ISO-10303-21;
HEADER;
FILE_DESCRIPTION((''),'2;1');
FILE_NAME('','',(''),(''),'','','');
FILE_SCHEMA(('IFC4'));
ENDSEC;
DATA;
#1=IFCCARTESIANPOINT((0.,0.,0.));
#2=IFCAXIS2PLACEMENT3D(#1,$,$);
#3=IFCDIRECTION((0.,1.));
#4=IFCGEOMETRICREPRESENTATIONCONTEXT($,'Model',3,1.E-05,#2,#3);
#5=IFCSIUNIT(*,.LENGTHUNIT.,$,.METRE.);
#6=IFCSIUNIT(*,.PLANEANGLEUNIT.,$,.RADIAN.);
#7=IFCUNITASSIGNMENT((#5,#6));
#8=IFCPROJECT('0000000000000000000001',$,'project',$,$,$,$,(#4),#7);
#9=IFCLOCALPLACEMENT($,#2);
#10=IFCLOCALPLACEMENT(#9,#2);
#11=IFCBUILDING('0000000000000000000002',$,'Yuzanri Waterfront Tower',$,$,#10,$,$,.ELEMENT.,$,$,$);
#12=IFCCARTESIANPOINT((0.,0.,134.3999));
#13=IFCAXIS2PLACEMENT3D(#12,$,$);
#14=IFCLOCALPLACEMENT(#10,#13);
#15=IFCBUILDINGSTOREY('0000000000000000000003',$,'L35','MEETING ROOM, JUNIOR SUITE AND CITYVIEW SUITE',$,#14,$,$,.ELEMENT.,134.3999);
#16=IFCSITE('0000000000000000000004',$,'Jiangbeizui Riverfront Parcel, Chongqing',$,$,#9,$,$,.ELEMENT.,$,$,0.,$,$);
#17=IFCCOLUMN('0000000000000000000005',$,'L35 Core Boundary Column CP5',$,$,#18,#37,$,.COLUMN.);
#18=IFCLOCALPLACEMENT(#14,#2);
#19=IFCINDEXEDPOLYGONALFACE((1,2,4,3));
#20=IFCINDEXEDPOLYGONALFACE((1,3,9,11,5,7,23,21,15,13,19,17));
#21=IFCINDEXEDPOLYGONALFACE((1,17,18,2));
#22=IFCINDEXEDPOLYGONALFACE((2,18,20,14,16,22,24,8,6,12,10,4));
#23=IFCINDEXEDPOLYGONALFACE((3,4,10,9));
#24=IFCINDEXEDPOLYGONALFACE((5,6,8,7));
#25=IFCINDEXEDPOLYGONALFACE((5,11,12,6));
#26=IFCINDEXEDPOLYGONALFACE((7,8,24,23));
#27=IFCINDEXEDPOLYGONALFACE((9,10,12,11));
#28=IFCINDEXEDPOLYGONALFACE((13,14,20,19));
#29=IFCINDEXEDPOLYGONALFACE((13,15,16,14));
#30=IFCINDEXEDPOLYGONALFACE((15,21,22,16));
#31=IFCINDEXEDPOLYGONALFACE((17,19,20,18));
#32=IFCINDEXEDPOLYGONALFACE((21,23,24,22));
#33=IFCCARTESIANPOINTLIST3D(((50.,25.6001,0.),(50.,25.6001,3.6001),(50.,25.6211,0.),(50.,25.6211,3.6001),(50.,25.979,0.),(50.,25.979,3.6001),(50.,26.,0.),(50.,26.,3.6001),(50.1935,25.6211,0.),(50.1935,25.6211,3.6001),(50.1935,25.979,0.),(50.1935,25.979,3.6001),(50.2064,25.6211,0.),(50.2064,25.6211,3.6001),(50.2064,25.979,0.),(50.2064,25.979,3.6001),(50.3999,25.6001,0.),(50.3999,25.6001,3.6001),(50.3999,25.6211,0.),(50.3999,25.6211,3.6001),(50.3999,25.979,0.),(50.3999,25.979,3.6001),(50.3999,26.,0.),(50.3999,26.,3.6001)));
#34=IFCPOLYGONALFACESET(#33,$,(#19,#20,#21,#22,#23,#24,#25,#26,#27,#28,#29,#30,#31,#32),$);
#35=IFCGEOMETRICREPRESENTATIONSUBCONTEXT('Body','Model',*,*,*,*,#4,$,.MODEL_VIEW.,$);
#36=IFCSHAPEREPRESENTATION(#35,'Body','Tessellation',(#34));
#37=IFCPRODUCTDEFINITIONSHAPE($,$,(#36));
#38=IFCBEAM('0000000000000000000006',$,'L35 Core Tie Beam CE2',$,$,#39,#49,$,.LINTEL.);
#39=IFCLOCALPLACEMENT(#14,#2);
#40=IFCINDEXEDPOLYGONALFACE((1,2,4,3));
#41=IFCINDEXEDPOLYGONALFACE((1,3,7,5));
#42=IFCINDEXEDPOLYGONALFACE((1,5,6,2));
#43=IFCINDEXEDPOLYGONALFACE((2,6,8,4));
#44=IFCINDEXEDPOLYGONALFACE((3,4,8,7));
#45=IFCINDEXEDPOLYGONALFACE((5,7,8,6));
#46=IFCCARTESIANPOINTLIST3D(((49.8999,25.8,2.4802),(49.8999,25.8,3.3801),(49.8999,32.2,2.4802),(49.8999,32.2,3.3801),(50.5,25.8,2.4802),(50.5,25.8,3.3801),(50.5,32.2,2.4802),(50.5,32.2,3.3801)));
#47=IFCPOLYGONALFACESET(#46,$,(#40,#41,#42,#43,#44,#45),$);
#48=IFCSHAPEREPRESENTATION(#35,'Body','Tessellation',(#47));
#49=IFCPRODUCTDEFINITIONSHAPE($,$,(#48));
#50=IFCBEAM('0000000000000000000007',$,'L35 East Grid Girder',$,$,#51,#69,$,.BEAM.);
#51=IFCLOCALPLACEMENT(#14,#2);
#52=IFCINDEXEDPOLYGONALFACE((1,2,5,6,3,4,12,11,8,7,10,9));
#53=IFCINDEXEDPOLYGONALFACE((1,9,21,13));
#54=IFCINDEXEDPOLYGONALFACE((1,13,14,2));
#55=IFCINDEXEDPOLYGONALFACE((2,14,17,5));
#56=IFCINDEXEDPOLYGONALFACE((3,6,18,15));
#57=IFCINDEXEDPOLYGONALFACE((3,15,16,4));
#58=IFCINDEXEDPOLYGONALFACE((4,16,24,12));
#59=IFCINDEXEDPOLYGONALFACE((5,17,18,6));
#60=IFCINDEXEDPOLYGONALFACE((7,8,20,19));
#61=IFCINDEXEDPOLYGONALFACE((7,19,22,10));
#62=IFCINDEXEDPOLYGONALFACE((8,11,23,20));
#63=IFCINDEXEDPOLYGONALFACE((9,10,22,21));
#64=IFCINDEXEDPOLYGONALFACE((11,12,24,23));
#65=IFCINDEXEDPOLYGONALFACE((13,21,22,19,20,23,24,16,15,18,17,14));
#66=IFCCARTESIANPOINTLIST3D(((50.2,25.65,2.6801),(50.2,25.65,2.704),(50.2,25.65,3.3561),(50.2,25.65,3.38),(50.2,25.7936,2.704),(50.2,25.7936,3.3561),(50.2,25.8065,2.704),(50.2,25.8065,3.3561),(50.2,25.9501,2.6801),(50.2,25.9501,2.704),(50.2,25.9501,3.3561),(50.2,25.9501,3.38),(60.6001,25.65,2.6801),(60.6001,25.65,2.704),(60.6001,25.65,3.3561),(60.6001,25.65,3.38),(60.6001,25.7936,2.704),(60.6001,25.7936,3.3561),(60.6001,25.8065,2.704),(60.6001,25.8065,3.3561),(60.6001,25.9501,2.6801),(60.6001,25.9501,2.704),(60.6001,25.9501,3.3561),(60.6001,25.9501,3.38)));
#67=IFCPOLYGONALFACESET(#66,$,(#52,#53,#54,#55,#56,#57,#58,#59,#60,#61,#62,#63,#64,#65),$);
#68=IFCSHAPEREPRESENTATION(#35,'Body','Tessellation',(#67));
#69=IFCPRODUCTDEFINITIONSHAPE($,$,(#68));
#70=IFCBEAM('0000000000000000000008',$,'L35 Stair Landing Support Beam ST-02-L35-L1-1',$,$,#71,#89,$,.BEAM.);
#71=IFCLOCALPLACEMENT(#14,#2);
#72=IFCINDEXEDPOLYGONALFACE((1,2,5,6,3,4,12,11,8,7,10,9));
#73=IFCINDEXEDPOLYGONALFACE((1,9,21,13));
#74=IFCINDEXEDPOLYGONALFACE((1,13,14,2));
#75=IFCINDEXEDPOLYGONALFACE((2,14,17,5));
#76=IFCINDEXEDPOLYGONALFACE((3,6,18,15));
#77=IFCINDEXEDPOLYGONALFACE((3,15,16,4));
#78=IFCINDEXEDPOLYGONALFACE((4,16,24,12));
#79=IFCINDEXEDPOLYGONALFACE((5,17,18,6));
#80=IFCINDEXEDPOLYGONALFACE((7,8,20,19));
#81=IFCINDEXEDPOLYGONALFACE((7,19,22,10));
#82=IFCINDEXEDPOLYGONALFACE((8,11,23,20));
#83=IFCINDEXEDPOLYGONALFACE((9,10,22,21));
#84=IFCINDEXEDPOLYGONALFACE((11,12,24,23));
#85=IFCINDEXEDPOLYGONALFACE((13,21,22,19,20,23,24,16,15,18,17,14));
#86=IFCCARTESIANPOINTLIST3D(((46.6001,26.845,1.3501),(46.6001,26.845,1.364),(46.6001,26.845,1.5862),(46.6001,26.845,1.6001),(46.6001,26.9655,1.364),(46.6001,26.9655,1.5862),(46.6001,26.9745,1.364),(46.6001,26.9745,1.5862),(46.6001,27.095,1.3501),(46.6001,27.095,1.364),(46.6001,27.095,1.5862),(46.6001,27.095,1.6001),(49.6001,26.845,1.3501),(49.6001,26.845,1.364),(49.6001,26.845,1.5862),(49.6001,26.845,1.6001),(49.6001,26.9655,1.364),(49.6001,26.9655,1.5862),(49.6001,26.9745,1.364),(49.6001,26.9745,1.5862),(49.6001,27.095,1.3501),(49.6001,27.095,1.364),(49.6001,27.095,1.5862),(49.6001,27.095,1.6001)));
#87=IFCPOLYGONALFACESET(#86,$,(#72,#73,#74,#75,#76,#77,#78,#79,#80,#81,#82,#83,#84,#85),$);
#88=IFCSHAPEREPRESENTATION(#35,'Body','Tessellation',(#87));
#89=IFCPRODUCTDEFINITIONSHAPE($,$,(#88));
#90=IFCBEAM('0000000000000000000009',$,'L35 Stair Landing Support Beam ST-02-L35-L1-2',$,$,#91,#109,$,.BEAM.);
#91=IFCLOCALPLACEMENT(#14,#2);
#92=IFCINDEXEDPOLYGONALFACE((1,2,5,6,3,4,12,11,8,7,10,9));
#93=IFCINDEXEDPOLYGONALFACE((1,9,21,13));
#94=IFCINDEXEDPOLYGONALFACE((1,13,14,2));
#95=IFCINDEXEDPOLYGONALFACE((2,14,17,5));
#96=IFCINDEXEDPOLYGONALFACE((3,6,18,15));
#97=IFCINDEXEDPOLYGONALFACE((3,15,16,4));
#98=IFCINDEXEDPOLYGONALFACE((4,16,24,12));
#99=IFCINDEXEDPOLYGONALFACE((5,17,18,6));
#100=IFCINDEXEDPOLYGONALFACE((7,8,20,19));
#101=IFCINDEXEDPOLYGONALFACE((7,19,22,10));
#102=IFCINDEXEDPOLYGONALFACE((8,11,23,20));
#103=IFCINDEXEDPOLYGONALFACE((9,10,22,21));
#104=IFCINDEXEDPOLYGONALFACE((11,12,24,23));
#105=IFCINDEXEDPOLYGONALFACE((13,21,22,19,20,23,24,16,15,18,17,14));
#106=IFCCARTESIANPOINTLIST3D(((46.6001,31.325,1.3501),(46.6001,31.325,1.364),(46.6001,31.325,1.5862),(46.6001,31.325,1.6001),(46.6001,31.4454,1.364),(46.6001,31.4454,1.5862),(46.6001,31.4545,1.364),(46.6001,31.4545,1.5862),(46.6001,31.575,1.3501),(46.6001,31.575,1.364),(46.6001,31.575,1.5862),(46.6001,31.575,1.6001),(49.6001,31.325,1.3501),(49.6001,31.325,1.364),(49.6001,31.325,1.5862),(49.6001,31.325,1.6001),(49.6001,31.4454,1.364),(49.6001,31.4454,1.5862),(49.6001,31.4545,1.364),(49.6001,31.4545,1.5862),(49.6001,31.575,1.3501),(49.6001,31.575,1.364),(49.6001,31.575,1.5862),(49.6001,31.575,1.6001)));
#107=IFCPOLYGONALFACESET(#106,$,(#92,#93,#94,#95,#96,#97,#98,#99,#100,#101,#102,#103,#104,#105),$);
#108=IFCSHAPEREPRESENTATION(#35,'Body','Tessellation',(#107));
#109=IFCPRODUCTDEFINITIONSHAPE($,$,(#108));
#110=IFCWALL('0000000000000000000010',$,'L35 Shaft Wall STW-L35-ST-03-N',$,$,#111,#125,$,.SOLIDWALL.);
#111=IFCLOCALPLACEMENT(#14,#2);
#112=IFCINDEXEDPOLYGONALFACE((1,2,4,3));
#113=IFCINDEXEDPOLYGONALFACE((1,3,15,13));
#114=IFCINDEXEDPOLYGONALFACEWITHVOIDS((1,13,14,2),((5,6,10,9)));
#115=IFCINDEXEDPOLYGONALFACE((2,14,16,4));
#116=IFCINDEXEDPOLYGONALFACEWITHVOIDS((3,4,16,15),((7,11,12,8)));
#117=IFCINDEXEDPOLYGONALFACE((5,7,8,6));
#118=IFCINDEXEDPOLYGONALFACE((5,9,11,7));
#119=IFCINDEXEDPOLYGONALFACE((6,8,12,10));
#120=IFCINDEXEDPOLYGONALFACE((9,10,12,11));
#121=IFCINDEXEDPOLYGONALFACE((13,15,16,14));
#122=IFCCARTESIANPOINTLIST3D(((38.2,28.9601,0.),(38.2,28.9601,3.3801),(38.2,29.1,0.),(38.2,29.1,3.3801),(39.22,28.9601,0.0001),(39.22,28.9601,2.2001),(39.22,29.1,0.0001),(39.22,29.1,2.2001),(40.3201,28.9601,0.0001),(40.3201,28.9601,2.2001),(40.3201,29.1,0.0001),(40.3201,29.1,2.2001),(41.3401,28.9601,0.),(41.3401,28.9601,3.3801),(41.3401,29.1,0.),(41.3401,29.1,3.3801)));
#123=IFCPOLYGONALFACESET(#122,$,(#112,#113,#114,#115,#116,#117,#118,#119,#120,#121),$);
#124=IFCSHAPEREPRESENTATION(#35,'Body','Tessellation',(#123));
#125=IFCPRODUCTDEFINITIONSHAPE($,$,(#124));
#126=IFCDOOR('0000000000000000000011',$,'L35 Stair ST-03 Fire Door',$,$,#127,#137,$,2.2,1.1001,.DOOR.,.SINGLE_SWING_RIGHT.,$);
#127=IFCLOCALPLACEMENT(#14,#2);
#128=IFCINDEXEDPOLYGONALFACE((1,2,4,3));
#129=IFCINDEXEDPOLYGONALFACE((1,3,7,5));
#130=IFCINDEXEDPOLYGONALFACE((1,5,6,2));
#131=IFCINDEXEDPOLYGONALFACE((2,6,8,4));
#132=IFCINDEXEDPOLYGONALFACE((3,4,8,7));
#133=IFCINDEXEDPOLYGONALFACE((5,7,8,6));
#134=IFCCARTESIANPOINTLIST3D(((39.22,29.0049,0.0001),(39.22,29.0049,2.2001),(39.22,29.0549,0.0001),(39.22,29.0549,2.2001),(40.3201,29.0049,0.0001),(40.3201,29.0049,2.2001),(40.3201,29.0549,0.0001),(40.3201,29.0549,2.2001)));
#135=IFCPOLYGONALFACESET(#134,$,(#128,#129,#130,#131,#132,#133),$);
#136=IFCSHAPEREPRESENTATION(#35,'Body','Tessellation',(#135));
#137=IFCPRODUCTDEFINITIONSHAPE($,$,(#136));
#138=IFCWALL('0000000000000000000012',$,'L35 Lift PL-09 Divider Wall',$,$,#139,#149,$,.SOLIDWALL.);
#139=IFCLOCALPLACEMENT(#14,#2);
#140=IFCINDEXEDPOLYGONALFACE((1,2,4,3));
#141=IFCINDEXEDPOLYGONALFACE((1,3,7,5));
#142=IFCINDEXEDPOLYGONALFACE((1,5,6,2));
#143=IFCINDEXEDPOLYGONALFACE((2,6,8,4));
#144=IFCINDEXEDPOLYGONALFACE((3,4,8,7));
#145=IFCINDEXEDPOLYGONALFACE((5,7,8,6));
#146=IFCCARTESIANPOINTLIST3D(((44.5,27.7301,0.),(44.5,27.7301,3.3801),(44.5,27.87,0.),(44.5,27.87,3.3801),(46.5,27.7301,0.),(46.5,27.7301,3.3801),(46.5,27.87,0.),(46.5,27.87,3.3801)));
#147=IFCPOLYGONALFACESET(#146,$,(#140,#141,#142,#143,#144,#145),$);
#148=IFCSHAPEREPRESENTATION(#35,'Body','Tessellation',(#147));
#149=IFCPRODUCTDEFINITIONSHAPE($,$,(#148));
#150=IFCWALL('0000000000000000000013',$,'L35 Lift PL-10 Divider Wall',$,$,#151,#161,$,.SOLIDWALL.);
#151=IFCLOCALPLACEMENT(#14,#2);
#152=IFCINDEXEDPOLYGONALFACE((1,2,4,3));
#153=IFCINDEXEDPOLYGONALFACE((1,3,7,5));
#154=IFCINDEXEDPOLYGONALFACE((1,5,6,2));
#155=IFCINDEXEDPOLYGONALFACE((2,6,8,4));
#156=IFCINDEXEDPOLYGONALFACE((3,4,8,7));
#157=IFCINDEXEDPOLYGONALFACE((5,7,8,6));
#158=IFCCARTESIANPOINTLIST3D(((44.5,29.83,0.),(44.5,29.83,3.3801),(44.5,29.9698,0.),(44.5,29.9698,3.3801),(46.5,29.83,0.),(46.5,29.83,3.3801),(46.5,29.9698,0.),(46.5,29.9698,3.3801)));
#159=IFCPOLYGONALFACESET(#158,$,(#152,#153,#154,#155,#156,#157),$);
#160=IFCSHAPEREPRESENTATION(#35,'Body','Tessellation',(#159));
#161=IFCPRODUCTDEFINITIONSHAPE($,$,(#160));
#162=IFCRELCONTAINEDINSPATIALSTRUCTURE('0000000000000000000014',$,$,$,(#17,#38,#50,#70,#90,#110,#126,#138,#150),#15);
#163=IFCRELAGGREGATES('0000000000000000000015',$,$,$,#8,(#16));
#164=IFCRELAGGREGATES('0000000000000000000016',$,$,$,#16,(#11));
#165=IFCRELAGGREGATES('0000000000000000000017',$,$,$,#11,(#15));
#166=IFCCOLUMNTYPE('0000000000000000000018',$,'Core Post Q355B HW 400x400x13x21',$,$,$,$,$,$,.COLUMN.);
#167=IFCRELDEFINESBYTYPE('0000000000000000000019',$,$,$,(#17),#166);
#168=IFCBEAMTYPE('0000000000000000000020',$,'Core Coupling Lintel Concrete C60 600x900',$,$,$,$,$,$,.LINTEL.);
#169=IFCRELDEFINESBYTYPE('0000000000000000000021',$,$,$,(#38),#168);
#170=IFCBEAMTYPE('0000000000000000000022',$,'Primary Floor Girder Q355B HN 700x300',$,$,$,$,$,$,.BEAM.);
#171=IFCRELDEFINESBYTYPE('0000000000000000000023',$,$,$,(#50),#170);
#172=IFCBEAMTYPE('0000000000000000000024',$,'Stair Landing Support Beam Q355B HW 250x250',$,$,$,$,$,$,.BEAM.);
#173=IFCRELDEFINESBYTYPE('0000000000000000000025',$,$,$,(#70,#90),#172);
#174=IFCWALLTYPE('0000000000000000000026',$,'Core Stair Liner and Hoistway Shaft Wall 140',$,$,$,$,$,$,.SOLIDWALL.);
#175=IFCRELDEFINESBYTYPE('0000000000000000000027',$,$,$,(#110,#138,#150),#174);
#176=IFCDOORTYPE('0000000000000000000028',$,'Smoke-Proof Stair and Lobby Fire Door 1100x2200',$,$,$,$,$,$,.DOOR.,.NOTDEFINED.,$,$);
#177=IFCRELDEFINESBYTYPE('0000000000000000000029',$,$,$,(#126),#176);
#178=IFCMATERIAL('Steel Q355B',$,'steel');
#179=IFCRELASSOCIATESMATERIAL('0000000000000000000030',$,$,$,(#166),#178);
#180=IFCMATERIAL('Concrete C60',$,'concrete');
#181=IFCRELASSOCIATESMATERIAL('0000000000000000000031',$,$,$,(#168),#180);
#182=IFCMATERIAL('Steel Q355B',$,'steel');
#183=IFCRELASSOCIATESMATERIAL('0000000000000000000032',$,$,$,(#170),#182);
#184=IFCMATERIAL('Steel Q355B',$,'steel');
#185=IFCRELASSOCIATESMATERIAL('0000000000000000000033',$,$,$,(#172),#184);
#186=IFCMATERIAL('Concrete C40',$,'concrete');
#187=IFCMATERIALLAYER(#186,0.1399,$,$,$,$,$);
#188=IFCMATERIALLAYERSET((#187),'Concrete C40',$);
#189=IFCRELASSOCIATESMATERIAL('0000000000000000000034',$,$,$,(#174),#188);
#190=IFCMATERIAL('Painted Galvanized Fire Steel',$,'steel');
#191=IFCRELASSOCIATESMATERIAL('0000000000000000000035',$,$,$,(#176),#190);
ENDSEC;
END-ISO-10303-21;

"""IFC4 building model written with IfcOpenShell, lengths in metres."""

from ifc_helpers import new_model, si_unit, direction, frame, frame_2d, origin, origin_2d, place, context, subcontext, project, spatial, rectangle, i_section, extrude, source, transform, mapped, material, layer, layer_set, material_profile, profile_set, type_object, element, fill, save


model = new_model("IFC4")

# Units and contexts
model_context = context("Model", 3, precision=1e-05, world=origin(), true_north=direction((0.0, 1.0)))
body_context = subcontext(model_context, "Body", "Model", "MODEL_VIEW")
ifc_project = project(units=[si_unit("LENGTHUNIT", "METRE"), si_unit("PLANEANGLEUNIT", "RADIAN")], contexts=[model_context])

# Site, building, storey
site_placement = place(None, origin())
site = spatial("IfcSite", under=ifc_project, at=site_placement, Name="Jiangbeizui Riverfront Parcel, Chongqing", CompositionType="ELEMENT", RefElevation=0.0)
building_placement = place(site_placement, origin())
building = spatial("IfcBuilding", under=site, at=building_placement, Name="Yuzanri Waterfront Tower", CompositionType="ELEMENT")
storey_placement = place(building_placement, frame((0.0, 0.0, 134.3999)))
storey = spatial("IfcBuildingStorey", under=building, at=storey_placement, Name="L35", Description="MEETING ROOM, JUNIOR SUITE AND CITYVIEW SUITE", CompositionType="ELEMENT", Elevation=134.3999)

# Column
ifc_material_1 = material(Name="Steel Q355B", Category="steel")
ifc_material_profile_1 = material_profile(ifc_material_1, i_section(OverallWidth=0.3999, OverallDepth=0.3999, WebThickness=0.0129, FlangeThickness=0.021, at=origin_2d()), Name="HW 400x400x13x21")
ifc_profile_set_1 = profile_set([ifc_material_profile_1], Name="Steel Q355B")
column_type = type_object("IfcColumnType", Name="Core Post Q355B HW 400x400x13x21", PredefinedType="COLUMN", material=ifc_profile_set_1)
shared_shape_1 = source(origin(), body_context, "Body", "SweptSolid", [
    extrude(i_section(OverallWidth=0.3999, OverallDepth=0.3999, WebThickness=0.0129, FlangeThickness=0.021, at=origin_2d()), origin(), (0.0, 0.0, 1.0), 3.6001),
])
column_placement = place(storey_placement, frame((50.2, 25.8, 0.0), z_axis=(0.0, 0.0, 1.0), x_axis=(1.0, 0.0, 0.0)))
element("IfcColumn", 1, at=column_placement, inside=storey, type_object=column_type, Name="L35 Core Boundary Column CP5", PredefinedType="COLUMN", context=body_context, shape_type="MappedRepresentation", body=[
    mapped(shared_shape_1, transform((0.0, 0.0, 0.0), scale=1.0)),
])

# Beams
ifc_material_2 = material(Name="Concrete C60", Category="concrete")
ifc_material_profile_2 = material_profile(ifc_material_2, rectangle(XDim=0.6001, YDim=0.8999, at=origin_2d()), Name="RC 600x900")
ifc_profile_set_2 = profile_set([ifc_material_profile_2], Name="Concrete C60")
beam_type_1 = type_object("IfcBeamType", Name="Core Coupling Lintel Concrete C60 600x900", PredefinedType="LINTEL", material=ifc_profile_set_2)
shared_shape_2 = source(origin(), body_context, "Body", "SweptSolid", [
    extrude(rectangle(XDim=0.6001, YDim=0.8999, at=origin_2d()), origin(), (0.0, 0.0, 1.0), 6.3999),
])
beam_1_placement = place(storey_placement, frame((50.2, 25.8, 2.9302), z_axis=(0.0, 1.0, 0.0), x_axis=(-1.0, 0.0, 0.0)))
element("IfcBeam", 2, at=beam_1_placement, inside=storey, type_object=beam_type_1, Name="L35 Core Tie Beam CE2", PredefinedType="LINTEL", context=body_context, shape_type="MappedRepresentation", body=[
    mapped(shared_shape_2, transform((0.0, 0.0, 0.0), scale=1.0)),
])
ifc_material_3 = material(Name="Steel Q355B", Category="steel")
ifc_material_profile_3 = material_profile(ifc_material_3, i_section(OverallWidth=0.3, OverallDepth=0.7, WebThickness=0.0129, FlangeThickness=0.0239, at=origin_2d()), Name="HN 700x300x13x24")
ifc_profile_set_3 = profile_set([ifc_material_profile_3], Name="Steel Q355B")
beam_type_2 = type_object("IfcBeamType", Name="Primary Floor Girder Q355B HN 700x300", PredefinedType="BEAM", material=ifc_profile_set_3)
shared_shape_3 = source(origin(), body_context, "Body", "SweptSolid", [
    extrude(i_section(OverallWidth=0.3, OverallDepth=0.7, WebThickness=0.0129, FlangeThickness=0.0239, at=origin_2d()), origin(), (0.0, 0.0, 1.0), 10.4001),
])
beam_2_placement = place(storey_placement, frame((50.2, 25.8, 3.03), z_axis=(1.0, 0.0, 0.0), x_axis=(0.0, 1.0, 0.0)))
element("IfcBeam", 3, at=beam_2_placement, inside=storey, type_object=beam_type_2, Name="L35 East Grid Girder", PredefinedType="BEAM", context=body_context, shape_type="MappedRepresentation", body=[
    mapped(shared_shape_3, transform((0.0, 0.0, 0.0), scale=1.0)),
])
ifc_material_4 = material(Name="Steel Q355B", Category="steel")
ifc_material_profile_4 = material_profile(ifc_material_4, i_section(OverallWidth=0.25, OverallDepth=0.25, WebThickness=0.009, FlangeThickness=0.0139, at=origin_2d()), Name="HW 250x250x9x14")
ifc_profile_set_4 = profile_set([ifc_material_profile_4], Name="Steel Q355B")
beam_type_3 = type_object("IfcBeamType", Name="Stair Landing Support Beam Q355B HW 250x250", PredefinedType="BEAM", material=ifc_profile_set_4)
shared_shape_4 = source(origin(), body_context, "Body", "SweptSolid", [
    extrude(i_section(OverallWidth=0.25, OverallDepth=0.25, WebThickness=0.009, FlangeThickness=0.0139, at=origin_2d()), origin(), (0.0, 0.0, 1.0), 3.0),
])
for number, where, z_axis, x_axis, name in (
    (4, (46.6001, 26.97, 1.4751), (1.0, 0.0, 0.0), (0.0, 1.0, 0.0), "L35 Stair Landing Support Beam ST-02-L35-L1-1"),
    (5, (46.6001, 31.45, 1.4751), (1.0, 0.0, 0.0), (0.0, 1.0, 0.0), "L35 Stair Landing Support Beam ST-02-L35-L1-2"),
):
    element("IfcBeam", number, at=place(storey_placement, frame(where, z_axis=z_axis, x_axis=x_axis)), inside=storey, type_object=beam_type_3, Name=name, PredefinedType="BEAM", context=body_context, shape_type="MappedRepresentation", body=[
        mapped(shared_shape_4, transform((0.0, 0.0, 0.0), scale=1.0)),
    ])

# Wall, opening, door
ifc_material_5 = material(Name="Concrete C40", Category="concrete")
ifc_layer_1 = layer(ifc_material_5, 0.1399)
ifc_layer_set_1 = layer_set([ifc_layer_1], Name="Concrete C40")
wall_type_1 = type_object("IfcWallType", Name="Core Stair Liner and Hoistway Shaft Wall 140", PredefinedType="SOLIDWALL", material=ifc_layer_set_1)
wall_1_placement = place(storey_placement, frame((38.2, 29.03, 0.0), z_axis=(0.0, 0.0, 1.0), x_axis=(1.0, 0.0, 0.0)))
wall_1 = element("IfcWall", 6, at=wall_1_placement, inside=storey, type_object=wall_type_1, Name="L35 Shaft Wall STW-L35-ST-03-N", PredefinedType="SOLIDWALL", context=body_context, shape_type="SweptSolid", body=[
    extrude(rectangle(XDim=3.1401, YDim=0.1399, at=frame_2d((1.5701, 0.0))), origin(), (0.0, 0.0, 1.0), 3.3801),
])
opening_placement = place(wall_1_placement, frame((1.02, 0.0, 0.0)))
opening = element("IfcOpeningElement", 7, at=opening_placement, cuts=wall_1, PredefinedType="OPENING", context=body_context, shape_type="SweptSolid", body=[
    extrude(rectangle(XDim=1.1001, YDim=2.2, at=frame_2d((0.55, 1.1001))), frame((0.0, 0.085, 0.0), z_axis=(0.0, -1.0, 0.0), x_axis=(1.0, 0.0, 0.0)), (0.0, 0.0, 1.0), 0.1697),
])
ifc_material_6 = material(Name="Painted Galvanized Fire Steel", Category="steel")
door_type = type_object("IfcDoorType", Name="Smoke-Proof Stair and Lobby Fire Door 1100x2200", OperationType="NOTDEFINED", PredefinedType="DOOR", material=ifc_material_6)
shared_shape_5 = source(origin(), body_context, "Body", "SweptSolid", [
    extrude(rectangle(XDim=1.1001, YDim=2.2, at=frame_2d((0.55, 1.1001))), frame((0.0, 0.0249, 0.0), z_axis=(0.0, -1.0, 0.0), x_axis=(1.0, 0.0, 0.0)), (0.0, 0.0, 1.0), 0.05),
])
door_placement = place(opening_placement, origin())
door = element("IfcDoor", 8, at=door_placement, inside=storey, type_object=door_type, Name="L35 Stair ST-03 Fire Door", OperationType="SINGLE_SWING_RIGHT", OverallHeight=2.2, OverallWidth=1.1001, PredefinedType="DOOR", context=body_context, shape_type="MappedRepresentation", body=[
    mapped(shared_shape_5, transform((0.0, 0.0, 0.0), scale=1.0)),
])
fill(opening, door)

# Walls
shared_shape_6 = source(origin(), body_context, "Body", "SweptSolid", [
    extrude(rectangle(XDim=2.0, YDim=0.1399, at=frame_2d((1.0, 0.0))), origin(), (0.0, 0.0, 1.0), 3.3801),
])
for number, where, z_axis, x_axis, name in (
    (9, (44.5, 27.8, 0.0), (0.0, 0.0, 1.0), (1.0, 0.0, 0.0), "L35 Lift PL-09 Divider Wall"),
    (10, (44.5, 29.8999, 0.0), (0.0, 0.0, 1.0), (1.0, 0.0, 0.0), "L35 Lift PL-10 Divider Wall"),
):
    element("IfcWall", number, at=place(storey_placement, frame(where, z_axis=z_axis, x_axis=x_axis)), inside=storey, type_object=wall_type_1, Name=name, PredefinedType="SOLIDWALL", context=body_context, shape_type="MappedRepresentation", body=[
        mapped(shared_shape_6, transform((0.0, 0.0, 0.0), scale=1.0)),
    ])

save(model, "model.ifc")
